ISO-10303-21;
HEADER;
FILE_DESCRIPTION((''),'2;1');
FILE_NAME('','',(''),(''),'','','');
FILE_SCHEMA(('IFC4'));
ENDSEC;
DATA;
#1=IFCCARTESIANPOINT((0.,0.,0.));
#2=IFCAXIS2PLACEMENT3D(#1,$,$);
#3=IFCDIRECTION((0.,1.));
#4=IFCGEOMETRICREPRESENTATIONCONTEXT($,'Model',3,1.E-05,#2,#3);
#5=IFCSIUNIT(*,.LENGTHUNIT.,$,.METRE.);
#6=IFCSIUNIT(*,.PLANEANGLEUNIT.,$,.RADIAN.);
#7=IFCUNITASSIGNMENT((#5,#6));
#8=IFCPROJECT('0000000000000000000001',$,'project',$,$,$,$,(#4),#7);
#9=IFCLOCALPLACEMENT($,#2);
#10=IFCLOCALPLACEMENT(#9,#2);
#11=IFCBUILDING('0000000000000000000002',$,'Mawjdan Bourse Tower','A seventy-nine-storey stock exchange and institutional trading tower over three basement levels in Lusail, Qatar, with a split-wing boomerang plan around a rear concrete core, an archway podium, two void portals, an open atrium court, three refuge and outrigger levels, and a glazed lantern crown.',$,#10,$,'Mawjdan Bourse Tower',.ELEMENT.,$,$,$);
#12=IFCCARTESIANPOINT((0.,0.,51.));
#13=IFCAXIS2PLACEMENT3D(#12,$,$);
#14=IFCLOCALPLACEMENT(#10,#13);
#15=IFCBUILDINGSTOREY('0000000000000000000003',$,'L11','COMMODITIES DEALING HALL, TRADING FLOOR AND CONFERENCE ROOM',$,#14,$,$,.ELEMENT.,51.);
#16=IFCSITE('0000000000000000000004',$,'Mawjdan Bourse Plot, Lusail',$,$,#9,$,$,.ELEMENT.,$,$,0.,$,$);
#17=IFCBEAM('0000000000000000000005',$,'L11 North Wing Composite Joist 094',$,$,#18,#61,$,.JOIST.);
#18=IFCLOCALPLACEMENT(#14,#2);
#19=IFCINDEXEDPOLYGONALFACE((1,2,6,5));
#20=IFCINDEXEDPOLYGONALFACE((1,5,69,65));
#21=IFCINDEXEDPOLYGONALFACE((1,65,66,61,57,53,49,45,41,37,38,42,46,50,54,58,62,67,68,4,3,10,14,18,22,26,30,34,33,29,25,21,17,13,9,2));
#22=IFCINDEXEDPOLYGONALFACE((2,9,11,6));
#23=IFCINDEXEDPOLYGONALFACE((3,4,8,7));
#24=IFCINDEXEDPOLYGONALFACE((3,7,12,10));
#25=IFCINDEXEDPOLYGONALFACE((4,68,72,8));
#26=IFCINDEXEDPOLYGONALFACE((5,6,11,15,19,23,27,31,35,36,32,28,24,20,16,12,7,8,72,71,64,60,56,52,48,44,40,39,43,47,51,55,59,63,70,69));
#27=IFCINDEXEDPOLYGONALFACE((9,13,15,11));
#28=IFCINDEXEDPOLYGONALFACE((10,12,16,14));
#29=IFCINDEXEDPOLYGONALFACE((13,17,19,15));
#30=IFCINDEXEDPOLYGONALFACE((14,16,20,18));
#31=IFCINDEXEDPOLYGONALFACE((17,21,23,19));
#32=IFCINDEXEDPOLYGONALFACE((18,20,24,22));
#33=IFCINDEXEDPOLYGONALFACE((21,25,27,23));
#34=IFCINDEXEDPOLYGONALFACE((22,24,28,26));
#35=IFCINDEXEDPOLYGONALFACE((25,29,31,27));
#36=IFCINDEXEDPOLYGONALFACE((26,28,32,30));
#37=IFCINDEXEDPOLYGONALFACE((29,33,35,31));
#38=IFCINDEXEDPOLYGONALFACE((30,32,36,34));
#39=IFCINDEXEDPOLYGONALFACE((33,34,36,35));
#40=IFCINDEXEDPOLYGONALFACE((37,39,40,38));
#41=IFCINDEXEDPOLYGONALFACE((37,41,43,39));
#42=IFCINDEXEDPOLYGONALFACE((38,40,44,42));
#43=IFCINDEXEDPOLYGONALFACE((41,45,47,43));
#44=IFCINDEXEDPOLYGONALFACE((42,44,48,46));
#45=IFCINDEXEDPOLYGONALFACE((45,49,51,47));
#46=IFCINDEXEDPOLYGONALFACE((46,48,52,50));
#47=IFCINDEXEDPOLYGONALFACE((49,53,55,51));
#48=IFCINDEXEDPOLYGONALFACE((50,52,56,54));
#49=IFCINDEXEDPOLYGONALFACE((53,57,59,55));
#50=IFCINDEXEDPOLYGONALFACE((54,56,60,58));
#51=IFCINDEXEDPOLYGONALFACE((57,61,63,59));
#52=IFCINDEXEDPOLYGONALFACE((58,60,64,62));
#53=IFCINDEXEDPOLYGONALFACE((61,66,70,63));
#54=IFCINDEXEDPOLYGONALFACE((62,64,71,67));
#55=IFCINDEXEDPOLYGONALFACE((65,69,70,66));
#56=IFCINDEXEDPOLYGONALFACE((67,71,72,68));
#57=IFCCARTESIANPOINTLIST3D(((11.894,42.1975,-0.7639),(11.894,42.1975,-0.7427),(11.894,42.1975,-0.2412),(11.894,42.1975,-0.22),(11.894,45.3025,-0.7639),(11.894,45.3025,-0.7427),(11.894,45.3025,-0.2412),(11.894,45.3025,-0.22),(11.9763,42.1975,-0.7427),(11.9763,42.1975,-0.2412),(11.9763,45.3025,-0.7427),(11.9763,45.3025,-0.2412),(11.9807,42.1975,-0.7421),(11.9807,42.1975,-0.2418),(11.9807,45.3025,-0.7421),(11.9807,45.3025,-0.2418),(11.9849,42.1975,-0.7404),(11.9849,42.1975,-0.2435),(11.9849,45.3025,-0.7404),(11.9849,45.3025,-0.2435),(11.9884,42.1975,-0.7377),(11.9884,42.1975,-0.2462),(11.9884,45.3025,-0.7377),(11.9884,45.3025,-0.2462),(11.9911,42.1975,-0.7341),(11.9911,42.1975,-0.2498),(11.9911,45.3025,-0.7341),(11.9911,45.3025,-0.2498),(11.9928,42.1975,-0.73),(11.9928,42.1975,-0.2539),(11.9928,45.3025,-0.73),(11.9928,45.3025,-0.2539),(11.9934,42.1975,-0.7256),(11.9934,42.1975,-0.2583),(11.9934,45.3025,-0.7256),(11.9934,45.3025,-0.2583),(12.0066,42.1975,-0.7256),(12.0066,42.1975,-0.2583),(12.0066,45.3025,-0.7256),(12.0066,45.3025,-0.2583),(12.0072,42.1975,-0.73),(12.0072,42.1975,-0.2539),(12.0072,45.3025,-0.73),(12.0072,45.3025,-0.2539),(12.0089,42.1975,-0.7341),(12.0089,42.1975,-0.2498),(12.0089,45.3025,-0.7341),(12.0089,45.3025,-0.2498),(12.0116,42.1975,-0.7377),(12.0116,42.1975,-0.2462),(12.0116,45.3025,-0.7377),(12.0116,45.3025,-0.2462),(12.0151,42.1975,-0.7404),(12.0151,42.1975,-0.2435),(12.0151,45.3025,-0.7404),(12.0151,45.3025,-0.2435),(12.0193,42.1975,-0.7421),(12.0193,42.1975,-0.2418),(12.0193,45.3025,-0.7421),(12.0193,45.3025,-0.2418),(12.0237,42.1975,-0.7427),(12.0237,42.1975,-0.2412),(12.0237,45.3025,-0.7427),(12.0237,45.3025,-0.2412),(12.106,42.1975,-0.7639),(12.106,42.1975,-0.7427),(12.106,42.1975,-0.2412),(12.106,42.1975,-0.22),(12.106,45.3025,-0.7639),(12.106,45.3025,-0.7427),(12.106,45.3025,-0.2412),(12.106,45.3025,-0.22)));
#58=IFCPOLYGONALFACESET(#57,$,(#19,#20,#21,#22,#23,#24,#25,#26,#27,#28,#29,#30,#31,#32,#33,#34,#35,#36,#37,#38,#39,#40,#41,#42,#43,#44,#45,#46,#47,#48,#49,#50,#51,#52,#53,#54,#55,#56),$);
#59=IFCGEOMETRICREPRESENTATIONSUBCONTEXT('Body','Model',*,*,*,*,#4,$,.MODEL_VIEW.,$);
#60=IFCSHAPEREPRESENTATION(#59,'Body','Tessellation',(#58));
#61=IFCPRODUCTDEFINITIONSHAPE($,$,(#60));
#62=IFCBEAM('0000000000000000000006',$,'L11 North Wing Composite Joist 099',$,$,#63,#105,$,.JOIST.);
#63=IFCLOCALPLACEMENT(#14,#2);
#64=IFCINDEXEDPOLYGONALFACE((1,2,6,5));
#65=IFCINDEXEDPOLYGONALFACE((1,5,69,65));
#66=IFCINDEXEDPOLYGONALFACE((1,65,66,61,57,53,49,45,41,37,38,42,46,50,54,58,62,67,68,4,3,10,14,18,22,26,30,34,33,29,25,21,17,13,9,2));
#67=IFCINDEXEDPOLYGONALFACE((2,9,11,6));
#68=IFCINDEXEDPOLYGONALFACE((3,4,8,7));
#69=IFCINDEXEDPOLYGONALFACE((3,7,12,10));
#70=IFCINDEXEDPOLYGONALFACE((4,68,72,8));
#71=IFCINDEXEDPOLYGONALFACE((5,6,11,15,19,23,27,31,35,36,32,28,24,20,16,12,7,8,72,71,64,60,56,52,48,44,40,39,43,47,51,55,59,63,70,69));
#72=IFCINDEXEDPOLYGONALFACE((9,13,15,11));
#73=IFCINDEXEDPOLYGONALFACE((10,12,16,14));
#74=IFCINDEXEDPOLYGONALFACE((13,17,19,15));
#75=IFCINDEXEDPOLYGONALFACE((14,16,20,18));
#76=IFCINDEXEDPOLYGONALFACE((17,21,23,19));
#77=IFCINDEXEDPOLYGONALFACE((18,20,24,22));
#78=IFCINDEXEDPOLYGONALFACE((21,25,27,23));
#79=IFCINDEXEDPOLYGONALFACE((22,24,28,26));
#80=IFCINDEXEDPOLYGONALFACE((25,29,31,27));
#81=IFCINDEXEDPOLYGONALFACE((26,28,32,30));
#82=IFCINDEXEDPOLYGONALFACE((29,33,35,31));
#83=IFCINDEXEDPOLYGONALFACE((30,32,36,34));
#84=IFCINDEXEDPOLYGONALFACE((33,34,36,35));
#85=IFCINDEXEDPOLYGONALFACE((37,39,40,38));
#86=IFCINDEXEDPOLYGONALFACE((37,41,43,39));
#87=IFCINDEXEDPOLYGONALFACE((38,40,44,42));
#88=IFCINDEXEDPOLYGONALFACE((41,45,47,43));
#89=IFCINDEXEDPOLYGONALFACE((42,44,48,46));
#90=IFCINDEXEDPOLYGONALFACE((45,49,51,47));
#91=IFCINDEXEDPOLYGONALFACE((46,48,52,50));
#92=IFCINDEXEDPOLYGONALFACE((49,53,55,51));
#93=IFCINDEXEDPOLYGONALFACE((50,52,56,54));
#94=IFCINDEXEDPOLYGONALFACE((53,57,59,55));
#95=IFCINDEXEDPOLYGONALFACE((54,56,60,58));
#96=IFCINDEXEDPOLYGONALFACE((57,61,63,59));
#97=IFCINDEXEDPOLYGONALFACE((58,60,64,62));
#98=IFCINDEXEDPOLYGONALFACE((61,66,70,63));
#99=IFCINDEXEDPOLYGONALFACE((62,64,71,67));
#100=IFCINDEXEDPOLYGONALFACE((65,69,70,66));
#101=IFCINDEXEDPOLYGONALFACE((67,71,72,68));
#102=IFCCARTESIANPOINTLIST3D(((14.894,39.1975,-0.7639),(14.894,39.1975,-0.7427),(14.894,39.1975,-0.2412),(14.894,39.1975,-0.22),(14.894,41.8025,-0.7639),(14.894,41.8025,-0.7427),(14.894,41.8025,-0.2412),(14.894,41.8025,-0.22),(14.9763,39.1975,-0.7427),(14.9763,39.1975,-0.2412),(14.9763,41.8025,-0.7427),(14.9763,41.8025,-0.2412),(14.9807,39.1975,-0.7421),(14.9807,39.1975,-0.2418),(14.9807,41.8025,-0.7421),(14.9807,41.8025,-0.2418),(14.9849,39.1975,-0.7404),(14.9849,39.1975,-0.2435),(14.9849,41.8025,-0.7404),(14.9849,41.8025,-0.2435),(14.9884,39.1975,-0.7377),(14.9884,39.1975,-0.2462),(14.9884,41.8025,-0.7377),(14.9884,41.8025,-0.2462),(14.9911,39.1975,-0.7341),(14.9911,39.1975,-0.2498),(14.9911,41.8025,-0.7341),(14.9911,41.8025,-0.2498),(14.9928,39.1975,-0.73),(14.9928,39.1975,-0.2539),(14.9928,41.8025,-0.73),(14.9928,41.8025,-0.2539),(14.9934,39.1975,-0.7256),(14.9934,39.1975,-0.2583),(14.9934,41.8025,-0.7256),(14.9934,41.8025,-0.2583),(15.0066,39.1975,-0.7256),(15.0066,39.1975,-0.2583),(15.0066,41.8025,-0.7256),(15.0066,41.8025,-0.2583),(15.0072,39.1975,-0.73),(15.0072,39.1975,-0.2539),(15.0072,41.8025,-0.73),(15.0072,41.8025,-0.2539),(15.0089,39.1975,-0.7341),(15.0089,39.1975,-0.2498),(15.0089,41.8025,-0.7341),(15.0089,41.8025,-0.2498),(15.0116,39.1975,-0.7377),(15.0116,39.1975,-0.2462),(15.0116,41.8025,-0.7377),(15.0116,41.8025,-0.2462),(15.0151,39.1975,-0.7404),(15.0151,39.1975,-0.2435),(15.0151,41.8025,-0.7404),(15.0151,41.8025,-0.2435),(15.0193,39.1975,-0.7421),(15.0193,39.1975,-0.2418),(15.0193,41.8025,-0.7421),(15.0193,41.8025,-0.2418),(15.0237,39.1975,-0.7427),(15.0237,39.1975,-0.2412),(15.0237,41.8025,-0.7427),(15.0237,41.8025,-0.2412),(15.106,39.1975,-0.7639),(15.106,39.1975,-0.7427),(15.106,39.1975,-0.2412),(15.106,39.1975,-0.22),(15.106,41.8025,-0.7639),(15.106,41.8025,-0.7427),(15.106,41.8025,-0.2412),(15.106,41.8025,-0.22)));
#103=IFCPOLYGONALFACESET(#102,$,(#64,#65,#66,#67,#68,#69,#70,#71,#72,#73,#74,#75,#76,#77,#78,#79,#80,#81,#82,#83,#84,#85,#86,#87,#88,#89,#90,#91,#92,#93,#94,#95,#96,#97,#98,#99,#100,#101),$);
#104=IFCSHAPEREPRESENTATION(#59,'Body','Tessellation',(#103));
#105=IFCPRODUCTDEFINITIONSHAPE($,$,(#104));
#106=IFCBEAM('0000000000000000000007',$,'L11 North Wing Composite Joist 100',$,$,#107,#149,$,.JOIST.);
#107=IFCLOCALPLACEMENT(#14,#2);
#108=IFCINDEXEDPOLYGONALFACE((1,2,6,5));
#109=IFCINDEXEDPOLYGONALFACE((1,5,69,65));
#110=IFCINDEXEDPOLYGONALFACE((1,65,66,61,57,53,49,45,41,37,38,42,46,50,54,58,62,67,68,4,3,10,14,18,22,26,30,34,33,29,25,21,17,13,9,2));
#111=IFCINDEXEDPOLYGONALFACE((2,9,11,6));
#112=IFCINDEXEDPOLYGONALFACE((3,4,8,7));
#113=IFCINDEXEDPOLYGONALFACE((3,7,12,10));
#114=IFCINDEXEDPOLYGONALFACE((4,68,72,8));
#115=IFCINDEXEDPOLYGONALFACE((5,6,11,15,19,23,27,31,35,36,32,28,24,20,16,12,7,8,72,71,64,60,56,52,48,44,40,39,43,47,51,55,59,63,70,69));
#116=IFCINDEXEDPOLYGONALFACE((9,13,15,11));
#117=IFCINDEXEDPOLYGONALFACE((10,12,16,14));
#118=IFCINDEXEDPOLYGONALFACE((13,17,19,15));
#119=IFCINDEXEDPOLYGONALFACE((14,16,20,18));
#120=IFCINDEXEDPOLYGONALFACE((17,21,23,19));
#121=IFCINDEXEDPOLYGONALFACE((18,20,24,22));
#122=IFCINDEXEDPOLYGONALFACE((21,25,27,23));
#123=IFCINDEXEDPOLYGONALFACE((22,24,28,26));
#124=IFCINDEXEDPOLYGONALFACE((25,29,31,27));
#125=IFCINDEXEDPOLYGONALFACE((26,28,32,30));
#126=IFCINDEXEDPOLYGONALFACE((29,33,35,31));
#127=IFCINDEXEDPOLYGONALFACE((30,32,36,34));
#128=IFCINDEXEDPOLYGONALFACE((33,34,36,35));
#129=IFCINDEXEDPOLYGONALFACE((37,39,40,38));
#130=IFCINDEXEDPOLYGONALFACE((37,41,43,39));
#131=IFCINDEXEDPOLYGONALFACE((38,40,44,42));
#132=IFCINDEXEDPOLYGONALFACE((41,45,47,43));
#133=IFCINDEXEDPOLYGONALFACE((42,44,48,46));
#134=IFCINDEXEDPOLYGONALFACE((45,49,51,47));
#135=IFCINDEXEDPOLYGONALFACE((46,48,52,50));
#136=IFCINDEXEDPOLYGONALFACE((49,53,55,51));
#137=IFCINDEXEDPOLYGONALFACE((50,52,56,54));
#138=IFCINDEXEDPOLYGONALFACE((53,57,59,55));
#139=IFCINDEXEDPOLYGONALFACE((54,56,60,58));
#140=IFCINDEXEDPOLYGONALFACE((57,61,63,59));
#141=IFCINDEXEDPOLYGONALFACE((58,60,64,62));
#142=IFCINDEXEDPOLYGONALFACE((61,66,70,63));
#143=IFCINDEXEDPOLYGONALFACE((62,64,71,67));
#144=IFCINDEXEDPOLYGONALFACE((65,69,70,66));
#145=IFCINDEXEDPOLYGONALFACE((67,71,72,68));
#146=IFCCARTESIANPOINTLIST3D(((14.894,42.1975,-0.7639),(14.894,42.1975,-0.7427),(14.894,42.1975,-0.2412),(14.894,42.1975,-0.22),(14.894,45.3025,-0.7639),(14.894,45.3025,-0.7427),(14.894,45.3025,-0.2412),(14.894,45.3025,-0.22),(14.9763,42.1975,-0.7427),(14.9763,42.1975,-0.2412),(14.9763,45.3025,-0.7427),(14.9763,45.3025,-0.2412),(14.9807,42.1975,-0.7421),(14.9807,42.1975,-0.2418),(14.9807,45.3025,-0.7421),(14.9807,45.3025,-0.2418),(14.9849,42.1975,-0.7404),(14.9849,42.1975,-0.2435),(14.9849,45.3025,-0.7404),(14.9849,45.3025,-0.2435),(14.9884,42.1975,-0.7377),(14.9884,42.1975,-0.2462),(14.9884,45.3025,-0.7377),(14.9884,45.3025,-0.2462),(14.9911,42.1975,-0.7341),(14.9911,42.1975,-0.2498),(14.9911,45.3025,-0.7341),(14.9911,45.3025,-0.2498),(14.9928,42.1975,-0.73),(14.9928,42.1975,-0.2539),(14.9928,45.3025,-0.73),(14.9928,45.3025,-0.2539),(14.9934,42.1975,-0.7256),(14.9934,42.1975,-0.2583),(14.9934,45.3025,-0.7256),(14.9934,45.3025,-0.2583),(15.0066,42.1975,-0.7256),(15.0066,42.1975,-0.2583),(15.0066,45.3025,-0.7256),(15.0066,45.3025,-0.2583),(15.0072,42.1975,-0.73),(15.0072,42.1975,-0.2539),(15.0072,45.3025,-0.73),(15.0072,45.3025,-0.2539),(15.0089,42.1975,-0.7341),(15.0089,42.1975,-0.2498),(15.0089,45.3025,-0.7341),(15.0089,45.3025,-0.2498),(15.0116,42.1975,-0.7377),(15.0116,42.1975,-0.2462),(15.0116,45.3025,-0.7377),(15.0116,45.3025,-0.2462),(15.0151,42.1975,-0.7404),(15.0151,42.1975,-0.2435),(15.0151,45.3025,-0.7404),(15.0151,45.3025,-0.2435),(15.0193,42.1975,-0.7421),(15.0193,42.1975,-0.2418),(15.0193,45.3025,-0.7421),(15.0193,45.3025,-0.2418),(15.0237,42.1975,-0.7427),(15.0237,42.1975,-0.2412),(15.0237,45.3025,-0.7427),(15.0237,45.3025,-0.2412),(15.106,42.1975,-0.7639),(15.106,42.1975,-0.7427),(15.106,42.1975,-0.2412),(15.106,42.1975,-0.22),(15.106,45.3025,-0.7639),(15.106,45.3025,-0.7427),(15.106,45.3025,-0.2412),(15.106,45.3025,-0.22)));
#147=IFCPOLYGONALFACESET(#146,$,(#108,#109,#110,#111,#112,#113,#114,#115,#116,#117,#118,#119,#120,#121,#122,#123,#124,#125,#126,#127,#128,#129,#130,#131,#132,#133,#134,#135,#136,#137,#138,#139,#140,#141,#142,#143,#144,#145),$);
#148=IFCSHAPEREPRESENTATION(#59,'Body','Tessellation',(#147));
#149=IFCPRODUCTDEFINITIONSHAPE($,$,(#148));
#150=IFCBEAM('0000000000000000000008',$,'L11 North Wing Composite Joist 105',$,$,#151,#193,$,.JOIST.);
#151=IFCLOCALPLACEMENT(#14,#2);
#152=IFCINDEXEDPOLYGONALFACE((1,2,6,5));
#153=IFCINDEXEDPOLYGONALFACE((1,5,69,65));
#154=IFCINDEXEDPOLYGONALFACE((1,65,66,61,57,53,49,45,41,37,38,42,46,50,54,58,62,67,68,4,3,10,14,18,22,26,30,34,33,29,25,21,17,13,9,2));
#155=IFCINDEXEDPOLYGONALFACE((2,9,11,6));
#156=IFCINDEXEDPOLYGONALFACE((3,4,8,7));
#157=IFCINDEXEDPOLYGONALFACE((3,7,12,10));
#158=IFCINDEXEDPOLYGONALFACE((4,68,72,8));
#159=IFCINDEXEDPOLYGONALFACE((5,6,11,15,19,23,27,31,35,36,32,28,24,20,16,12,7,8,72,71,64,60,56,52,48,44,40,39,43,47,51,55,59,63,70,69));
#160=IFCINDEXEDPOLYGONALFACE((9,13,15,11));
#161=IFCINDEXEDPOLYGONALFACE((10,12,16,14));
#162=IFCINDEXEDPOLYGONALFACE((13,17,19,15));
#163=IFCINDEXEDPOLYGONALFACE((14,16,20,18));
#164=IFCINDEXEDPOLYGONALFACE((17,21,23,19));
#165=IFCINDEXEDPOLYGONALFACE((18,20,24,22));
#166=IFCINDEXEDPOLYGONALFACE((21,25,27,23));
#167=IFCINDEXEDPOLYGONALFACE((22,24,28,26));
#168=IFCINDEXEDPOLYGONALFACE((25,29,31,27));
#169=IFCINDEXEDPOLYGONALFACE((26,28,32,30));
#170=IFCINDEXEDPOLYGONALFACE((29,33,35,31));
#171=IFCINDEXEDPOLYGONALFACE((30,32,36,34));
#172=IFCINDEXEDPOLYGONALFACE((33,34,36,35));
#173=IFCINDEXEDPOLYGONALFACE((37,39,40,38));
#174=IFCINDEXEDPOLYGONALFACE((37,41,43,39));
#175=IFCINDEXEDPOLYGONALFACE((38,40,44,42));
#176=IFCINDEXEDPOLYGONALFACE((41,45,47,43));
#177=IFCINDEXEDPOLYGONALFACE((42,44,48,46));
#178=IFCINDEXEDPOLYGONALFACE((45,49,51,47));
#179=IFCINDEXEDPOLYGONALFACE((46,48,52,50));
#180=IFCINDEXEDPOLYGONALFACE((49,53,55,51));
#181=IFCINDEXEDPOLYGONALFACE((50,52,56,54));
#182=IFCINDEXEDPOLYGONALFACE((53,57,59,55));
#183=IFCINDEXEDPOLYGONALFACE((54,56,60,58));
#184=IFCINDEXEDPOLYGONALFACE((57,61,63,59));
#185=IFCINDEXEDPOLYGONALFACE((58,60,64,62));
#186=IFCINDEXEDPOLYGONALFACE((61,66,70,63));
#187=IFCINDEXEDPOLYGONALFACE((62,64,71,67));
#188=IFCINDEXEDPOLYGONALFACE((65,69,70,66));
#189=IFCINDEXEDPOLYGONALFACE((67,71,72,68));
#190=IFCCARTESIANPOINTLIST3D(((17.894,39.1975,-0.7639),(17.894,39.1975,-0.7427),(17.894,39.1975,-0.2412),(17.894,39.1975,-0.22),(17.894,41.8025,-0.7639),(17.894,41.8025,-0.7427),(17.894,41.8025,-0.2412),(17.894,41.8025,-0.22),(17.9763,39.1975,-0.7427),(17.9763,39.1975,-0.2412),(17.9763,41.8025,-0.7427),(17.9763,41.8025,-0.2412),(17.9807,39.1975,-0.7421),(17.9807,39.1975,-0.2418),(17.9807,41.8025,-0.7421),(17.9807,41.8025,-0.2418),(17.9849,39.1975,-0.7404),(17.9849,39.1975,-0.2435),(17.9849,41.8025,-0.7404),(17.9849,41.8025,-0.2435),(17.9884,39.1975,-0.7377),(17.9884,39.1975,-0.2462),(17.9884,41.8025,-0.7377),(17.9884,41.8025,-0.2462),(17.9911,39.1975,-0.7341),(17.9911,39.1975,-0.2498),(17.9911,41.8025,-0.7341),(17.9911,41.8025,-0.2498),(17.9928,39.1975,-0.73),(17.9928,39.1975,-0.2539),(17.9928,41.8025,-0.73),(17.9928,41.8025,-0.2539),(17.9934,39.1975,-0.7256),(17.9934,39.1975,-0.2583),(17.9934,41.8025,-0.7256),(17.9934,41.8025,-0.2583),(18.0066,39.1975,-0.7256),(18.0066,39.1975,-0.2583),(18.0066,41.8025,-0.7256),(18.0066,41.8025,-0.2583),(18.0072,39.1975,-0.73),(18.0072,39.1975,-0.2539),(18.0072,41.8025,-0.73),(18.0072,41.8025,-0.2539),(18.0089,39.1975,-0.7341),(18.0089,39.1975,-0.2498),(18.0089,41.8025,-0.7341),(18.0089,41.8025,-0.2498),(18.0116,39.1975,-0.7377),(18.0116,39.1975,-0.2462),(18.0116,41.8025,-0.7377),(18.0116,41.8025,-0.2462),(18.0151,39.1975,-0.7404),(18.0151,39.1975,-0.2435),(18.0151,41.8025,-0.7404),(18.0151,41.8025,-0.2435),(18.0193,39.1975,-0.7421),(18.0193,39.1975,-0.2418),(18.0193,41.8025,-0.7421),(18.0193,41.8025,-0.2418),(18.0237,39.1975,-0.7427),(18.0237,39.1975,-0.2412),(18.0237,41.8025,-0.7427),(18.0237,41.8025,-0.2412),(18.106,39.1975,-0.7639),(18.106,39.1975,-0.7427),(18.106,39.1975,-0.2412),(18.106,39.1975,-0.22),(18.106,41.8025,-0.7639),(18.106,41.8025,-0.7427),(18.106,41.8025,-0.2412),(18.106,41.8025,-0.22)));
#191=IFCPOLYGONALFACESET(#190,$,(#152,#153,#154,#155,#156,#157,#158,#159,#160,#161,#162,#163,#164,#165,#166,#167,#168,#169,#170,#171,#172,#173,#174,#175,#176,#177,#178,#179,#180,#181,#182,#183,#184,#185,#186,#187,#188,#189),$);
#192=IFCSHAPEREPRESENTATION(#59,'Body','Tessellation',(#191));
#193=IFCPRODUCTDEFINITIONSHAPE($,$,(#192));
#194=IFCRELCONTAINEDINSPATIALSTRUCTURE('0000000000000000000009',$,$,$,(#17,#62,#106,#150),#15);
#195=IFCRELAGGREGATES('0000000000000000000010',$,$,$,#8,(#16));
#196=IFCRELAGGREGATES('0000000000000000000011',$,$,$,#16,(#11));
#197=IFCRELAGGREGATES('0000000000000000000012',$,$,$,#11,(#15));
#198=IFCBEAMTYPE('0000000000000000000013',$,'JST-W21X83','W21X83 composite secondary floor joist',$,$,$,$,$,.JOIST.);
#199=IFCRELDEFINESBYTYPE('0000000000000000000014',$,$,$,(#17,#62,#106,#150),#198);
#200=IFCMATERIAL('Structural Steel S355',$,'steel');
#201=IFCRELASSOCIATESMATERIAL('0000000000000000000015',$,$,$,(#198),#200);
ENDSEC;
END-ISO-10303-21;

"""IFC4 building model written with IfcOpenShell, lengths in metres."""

from ifc_helpers import new_model, si_unit, direction, frame, origin, origin_2d, place, context, subcontext, project, spatial, i_section, extrude, material, material_profile, profile_set, type_object, element, save


model = new_model("IFC4")

# Units and contexts
model_context = context("Model", 3, precision=1e-05, world=origin(), true_north=direction((0.0, 1.0)))
body_context = subcontext(model_context, "Body", "Model", "MODEL_VIEW")
ifc_project = project(units=[si_unit("LENGTHUNIT", "METRE"), si_unit("PLANEANGLEUNIT", "RADIAN")], contexts=[model_context])

# Site, building, storey
site_placement = place(None, origin())
site = spatial("IfcSite", under=ifc_project, at=site_placement, Name="Mawjdan Bourse Plot, Lusail", CompositionType="ELEMENT", RefElevation=0.0)
building_placement = place(site_placement, origin())
building = spatial("IfcBuilding", under=site, at=building_placement, Name="Mawjdan Bourse Tower", Description="A seventy-nine-storey stock exchange and institutional trading tower over three basement levels in Lusail, Qatar, with a split-wing boomerang plan around a rear concrete core, an archway podium, two void portals, an open atrium court, three refuge and outrigger levels, and a glazed lantern crown.", LongName="Mawjdan Bourse Tower", CompositionType="ELEMENT")
storey_placement = place(building_placement, frame((0.0, 0.0, 51.0)))
storey = spatial("IfcBuildingStorey", under=building, at=storey_placement, Name="L11", Description="COMMODITIES DEALING HALL, TRADING FLOOR AND CONFERENCE ROOM", CompositionType="ELEMENT", Elevation=51.0)

# Beams
ifc_material_1 = material(Name="Structural Steel S355", Category="steel")
ifc_material_profile_1 = material_profile(ifc_material_1, i_section(OverallWidth=0.2119, OverallDepth=0.5439, WebThickness=0.0132, FlangeThickness=0.0212, FilletRadius=0.0171, at=origin_2d()), Name="W21X83")
ifc_profile_set_1 = profile_set([ifc_material_profile_1], Name="Structural Steel S355")
beam_type_1 = type_object("IfcBeamType", Name="JST-W21X83", Description="W21X83 composite secondary floor joist", PredefinedType="JOIST", material=ifc_profile_set_1)
beam_1_placement = place(storey_placement, frame((12.0, 42.1975, -0.4919), z_axis=(0.0, 1.0, 0.0), x_axis=(-1.0, 0.0, 0.0)))
element("IfcBeam", 1, at=beam_1_placement, inside=storey, type_object=beam_type_1, Name="L11 North Wing Composite Joist 094", PredefinedType="JOIST", context=body_context, shape_type="SweptSolid", body=[
    extrude(i_section(OverallWidth=0.2119, OverallDepth=0.5439, WebThickness=0.0132, FlangeThickness=0.0212, FilletRadius=0.0171, at=origin_2d()), origin(), (0.0, 0.0, 1.0), 3.105),
])
beam_2_placement = place(storey_placement, frame((15.0, 39.1975, -0.4919), z_axis=(0.0, 1.0, 0.0), x_axis=(-1.0, 0.0, 0.0)))
element("IfcBeam", 2, at=beam_2_placement, inside=storey, type_object=beam_type_1, Name="L11 North Wing Composite Joist 099", PredefinedType="JOIST", context=body_context, shape_type="SweptSolid", body=[
    extrude(i_section(OverallWidth=0.2119, OverallDepth=0.5439, WebThickness=0.0132, FlangeThickness=0.0212, FilletRadius=0.0171, at=origin_2d()), origin(), (0.0, 0.0, 1.0), 2.605),
])
beam_3_placement = place(storey_placement, frame((15.0, 42.1975, -0.4919), z_axis=(0.0, 1.0, 0.0), x_axis=(-1.0, 0.0, 0.0)))
element("IfcBeam", 3, at=beam_3_placement, inside=storey, type_object=beam_type_1, Name="L11 North Wing Composite Joist 100", PredefinedType="JOIST", context=body_context, shape_type="SweptSolid", body=[
    extrude(i_section(OverallWidth=0.2119, OverallDepth=0.5439, WebThickness=0.0132, FlangeThickness=0.0212, FilletRadius=0.0171, at=origin_2d()), origin(), (0.0, 0.0, 1.0), 3.105),
])
beam_4_placement = place(storey_placement, frame((18.0, 39.1975, -0.4919), z_axis=(0.0, 1.0, 0.0), x_axis=(-1.0, 0.0, 0.0)))
element("IfcBeam", 4, at=beam_4_placement, inside=storey, type_object=beam_type_1, Name="L11 North Wing Composite Joist 105", PredefinedType="JOIST", context=body_context, shape_type="SweptSolid", body=[
    extrude(i_section(OverallWidth=0.2119, OverallDepth=0.5439, WebThickness=0.0132, FlangeThickness=0.0212, FilletRadius=0.0171, at=origin_2d()), origin(), (0.0, 0.0, 1.0), 2.605),
])

save(model, "model.ifc")
